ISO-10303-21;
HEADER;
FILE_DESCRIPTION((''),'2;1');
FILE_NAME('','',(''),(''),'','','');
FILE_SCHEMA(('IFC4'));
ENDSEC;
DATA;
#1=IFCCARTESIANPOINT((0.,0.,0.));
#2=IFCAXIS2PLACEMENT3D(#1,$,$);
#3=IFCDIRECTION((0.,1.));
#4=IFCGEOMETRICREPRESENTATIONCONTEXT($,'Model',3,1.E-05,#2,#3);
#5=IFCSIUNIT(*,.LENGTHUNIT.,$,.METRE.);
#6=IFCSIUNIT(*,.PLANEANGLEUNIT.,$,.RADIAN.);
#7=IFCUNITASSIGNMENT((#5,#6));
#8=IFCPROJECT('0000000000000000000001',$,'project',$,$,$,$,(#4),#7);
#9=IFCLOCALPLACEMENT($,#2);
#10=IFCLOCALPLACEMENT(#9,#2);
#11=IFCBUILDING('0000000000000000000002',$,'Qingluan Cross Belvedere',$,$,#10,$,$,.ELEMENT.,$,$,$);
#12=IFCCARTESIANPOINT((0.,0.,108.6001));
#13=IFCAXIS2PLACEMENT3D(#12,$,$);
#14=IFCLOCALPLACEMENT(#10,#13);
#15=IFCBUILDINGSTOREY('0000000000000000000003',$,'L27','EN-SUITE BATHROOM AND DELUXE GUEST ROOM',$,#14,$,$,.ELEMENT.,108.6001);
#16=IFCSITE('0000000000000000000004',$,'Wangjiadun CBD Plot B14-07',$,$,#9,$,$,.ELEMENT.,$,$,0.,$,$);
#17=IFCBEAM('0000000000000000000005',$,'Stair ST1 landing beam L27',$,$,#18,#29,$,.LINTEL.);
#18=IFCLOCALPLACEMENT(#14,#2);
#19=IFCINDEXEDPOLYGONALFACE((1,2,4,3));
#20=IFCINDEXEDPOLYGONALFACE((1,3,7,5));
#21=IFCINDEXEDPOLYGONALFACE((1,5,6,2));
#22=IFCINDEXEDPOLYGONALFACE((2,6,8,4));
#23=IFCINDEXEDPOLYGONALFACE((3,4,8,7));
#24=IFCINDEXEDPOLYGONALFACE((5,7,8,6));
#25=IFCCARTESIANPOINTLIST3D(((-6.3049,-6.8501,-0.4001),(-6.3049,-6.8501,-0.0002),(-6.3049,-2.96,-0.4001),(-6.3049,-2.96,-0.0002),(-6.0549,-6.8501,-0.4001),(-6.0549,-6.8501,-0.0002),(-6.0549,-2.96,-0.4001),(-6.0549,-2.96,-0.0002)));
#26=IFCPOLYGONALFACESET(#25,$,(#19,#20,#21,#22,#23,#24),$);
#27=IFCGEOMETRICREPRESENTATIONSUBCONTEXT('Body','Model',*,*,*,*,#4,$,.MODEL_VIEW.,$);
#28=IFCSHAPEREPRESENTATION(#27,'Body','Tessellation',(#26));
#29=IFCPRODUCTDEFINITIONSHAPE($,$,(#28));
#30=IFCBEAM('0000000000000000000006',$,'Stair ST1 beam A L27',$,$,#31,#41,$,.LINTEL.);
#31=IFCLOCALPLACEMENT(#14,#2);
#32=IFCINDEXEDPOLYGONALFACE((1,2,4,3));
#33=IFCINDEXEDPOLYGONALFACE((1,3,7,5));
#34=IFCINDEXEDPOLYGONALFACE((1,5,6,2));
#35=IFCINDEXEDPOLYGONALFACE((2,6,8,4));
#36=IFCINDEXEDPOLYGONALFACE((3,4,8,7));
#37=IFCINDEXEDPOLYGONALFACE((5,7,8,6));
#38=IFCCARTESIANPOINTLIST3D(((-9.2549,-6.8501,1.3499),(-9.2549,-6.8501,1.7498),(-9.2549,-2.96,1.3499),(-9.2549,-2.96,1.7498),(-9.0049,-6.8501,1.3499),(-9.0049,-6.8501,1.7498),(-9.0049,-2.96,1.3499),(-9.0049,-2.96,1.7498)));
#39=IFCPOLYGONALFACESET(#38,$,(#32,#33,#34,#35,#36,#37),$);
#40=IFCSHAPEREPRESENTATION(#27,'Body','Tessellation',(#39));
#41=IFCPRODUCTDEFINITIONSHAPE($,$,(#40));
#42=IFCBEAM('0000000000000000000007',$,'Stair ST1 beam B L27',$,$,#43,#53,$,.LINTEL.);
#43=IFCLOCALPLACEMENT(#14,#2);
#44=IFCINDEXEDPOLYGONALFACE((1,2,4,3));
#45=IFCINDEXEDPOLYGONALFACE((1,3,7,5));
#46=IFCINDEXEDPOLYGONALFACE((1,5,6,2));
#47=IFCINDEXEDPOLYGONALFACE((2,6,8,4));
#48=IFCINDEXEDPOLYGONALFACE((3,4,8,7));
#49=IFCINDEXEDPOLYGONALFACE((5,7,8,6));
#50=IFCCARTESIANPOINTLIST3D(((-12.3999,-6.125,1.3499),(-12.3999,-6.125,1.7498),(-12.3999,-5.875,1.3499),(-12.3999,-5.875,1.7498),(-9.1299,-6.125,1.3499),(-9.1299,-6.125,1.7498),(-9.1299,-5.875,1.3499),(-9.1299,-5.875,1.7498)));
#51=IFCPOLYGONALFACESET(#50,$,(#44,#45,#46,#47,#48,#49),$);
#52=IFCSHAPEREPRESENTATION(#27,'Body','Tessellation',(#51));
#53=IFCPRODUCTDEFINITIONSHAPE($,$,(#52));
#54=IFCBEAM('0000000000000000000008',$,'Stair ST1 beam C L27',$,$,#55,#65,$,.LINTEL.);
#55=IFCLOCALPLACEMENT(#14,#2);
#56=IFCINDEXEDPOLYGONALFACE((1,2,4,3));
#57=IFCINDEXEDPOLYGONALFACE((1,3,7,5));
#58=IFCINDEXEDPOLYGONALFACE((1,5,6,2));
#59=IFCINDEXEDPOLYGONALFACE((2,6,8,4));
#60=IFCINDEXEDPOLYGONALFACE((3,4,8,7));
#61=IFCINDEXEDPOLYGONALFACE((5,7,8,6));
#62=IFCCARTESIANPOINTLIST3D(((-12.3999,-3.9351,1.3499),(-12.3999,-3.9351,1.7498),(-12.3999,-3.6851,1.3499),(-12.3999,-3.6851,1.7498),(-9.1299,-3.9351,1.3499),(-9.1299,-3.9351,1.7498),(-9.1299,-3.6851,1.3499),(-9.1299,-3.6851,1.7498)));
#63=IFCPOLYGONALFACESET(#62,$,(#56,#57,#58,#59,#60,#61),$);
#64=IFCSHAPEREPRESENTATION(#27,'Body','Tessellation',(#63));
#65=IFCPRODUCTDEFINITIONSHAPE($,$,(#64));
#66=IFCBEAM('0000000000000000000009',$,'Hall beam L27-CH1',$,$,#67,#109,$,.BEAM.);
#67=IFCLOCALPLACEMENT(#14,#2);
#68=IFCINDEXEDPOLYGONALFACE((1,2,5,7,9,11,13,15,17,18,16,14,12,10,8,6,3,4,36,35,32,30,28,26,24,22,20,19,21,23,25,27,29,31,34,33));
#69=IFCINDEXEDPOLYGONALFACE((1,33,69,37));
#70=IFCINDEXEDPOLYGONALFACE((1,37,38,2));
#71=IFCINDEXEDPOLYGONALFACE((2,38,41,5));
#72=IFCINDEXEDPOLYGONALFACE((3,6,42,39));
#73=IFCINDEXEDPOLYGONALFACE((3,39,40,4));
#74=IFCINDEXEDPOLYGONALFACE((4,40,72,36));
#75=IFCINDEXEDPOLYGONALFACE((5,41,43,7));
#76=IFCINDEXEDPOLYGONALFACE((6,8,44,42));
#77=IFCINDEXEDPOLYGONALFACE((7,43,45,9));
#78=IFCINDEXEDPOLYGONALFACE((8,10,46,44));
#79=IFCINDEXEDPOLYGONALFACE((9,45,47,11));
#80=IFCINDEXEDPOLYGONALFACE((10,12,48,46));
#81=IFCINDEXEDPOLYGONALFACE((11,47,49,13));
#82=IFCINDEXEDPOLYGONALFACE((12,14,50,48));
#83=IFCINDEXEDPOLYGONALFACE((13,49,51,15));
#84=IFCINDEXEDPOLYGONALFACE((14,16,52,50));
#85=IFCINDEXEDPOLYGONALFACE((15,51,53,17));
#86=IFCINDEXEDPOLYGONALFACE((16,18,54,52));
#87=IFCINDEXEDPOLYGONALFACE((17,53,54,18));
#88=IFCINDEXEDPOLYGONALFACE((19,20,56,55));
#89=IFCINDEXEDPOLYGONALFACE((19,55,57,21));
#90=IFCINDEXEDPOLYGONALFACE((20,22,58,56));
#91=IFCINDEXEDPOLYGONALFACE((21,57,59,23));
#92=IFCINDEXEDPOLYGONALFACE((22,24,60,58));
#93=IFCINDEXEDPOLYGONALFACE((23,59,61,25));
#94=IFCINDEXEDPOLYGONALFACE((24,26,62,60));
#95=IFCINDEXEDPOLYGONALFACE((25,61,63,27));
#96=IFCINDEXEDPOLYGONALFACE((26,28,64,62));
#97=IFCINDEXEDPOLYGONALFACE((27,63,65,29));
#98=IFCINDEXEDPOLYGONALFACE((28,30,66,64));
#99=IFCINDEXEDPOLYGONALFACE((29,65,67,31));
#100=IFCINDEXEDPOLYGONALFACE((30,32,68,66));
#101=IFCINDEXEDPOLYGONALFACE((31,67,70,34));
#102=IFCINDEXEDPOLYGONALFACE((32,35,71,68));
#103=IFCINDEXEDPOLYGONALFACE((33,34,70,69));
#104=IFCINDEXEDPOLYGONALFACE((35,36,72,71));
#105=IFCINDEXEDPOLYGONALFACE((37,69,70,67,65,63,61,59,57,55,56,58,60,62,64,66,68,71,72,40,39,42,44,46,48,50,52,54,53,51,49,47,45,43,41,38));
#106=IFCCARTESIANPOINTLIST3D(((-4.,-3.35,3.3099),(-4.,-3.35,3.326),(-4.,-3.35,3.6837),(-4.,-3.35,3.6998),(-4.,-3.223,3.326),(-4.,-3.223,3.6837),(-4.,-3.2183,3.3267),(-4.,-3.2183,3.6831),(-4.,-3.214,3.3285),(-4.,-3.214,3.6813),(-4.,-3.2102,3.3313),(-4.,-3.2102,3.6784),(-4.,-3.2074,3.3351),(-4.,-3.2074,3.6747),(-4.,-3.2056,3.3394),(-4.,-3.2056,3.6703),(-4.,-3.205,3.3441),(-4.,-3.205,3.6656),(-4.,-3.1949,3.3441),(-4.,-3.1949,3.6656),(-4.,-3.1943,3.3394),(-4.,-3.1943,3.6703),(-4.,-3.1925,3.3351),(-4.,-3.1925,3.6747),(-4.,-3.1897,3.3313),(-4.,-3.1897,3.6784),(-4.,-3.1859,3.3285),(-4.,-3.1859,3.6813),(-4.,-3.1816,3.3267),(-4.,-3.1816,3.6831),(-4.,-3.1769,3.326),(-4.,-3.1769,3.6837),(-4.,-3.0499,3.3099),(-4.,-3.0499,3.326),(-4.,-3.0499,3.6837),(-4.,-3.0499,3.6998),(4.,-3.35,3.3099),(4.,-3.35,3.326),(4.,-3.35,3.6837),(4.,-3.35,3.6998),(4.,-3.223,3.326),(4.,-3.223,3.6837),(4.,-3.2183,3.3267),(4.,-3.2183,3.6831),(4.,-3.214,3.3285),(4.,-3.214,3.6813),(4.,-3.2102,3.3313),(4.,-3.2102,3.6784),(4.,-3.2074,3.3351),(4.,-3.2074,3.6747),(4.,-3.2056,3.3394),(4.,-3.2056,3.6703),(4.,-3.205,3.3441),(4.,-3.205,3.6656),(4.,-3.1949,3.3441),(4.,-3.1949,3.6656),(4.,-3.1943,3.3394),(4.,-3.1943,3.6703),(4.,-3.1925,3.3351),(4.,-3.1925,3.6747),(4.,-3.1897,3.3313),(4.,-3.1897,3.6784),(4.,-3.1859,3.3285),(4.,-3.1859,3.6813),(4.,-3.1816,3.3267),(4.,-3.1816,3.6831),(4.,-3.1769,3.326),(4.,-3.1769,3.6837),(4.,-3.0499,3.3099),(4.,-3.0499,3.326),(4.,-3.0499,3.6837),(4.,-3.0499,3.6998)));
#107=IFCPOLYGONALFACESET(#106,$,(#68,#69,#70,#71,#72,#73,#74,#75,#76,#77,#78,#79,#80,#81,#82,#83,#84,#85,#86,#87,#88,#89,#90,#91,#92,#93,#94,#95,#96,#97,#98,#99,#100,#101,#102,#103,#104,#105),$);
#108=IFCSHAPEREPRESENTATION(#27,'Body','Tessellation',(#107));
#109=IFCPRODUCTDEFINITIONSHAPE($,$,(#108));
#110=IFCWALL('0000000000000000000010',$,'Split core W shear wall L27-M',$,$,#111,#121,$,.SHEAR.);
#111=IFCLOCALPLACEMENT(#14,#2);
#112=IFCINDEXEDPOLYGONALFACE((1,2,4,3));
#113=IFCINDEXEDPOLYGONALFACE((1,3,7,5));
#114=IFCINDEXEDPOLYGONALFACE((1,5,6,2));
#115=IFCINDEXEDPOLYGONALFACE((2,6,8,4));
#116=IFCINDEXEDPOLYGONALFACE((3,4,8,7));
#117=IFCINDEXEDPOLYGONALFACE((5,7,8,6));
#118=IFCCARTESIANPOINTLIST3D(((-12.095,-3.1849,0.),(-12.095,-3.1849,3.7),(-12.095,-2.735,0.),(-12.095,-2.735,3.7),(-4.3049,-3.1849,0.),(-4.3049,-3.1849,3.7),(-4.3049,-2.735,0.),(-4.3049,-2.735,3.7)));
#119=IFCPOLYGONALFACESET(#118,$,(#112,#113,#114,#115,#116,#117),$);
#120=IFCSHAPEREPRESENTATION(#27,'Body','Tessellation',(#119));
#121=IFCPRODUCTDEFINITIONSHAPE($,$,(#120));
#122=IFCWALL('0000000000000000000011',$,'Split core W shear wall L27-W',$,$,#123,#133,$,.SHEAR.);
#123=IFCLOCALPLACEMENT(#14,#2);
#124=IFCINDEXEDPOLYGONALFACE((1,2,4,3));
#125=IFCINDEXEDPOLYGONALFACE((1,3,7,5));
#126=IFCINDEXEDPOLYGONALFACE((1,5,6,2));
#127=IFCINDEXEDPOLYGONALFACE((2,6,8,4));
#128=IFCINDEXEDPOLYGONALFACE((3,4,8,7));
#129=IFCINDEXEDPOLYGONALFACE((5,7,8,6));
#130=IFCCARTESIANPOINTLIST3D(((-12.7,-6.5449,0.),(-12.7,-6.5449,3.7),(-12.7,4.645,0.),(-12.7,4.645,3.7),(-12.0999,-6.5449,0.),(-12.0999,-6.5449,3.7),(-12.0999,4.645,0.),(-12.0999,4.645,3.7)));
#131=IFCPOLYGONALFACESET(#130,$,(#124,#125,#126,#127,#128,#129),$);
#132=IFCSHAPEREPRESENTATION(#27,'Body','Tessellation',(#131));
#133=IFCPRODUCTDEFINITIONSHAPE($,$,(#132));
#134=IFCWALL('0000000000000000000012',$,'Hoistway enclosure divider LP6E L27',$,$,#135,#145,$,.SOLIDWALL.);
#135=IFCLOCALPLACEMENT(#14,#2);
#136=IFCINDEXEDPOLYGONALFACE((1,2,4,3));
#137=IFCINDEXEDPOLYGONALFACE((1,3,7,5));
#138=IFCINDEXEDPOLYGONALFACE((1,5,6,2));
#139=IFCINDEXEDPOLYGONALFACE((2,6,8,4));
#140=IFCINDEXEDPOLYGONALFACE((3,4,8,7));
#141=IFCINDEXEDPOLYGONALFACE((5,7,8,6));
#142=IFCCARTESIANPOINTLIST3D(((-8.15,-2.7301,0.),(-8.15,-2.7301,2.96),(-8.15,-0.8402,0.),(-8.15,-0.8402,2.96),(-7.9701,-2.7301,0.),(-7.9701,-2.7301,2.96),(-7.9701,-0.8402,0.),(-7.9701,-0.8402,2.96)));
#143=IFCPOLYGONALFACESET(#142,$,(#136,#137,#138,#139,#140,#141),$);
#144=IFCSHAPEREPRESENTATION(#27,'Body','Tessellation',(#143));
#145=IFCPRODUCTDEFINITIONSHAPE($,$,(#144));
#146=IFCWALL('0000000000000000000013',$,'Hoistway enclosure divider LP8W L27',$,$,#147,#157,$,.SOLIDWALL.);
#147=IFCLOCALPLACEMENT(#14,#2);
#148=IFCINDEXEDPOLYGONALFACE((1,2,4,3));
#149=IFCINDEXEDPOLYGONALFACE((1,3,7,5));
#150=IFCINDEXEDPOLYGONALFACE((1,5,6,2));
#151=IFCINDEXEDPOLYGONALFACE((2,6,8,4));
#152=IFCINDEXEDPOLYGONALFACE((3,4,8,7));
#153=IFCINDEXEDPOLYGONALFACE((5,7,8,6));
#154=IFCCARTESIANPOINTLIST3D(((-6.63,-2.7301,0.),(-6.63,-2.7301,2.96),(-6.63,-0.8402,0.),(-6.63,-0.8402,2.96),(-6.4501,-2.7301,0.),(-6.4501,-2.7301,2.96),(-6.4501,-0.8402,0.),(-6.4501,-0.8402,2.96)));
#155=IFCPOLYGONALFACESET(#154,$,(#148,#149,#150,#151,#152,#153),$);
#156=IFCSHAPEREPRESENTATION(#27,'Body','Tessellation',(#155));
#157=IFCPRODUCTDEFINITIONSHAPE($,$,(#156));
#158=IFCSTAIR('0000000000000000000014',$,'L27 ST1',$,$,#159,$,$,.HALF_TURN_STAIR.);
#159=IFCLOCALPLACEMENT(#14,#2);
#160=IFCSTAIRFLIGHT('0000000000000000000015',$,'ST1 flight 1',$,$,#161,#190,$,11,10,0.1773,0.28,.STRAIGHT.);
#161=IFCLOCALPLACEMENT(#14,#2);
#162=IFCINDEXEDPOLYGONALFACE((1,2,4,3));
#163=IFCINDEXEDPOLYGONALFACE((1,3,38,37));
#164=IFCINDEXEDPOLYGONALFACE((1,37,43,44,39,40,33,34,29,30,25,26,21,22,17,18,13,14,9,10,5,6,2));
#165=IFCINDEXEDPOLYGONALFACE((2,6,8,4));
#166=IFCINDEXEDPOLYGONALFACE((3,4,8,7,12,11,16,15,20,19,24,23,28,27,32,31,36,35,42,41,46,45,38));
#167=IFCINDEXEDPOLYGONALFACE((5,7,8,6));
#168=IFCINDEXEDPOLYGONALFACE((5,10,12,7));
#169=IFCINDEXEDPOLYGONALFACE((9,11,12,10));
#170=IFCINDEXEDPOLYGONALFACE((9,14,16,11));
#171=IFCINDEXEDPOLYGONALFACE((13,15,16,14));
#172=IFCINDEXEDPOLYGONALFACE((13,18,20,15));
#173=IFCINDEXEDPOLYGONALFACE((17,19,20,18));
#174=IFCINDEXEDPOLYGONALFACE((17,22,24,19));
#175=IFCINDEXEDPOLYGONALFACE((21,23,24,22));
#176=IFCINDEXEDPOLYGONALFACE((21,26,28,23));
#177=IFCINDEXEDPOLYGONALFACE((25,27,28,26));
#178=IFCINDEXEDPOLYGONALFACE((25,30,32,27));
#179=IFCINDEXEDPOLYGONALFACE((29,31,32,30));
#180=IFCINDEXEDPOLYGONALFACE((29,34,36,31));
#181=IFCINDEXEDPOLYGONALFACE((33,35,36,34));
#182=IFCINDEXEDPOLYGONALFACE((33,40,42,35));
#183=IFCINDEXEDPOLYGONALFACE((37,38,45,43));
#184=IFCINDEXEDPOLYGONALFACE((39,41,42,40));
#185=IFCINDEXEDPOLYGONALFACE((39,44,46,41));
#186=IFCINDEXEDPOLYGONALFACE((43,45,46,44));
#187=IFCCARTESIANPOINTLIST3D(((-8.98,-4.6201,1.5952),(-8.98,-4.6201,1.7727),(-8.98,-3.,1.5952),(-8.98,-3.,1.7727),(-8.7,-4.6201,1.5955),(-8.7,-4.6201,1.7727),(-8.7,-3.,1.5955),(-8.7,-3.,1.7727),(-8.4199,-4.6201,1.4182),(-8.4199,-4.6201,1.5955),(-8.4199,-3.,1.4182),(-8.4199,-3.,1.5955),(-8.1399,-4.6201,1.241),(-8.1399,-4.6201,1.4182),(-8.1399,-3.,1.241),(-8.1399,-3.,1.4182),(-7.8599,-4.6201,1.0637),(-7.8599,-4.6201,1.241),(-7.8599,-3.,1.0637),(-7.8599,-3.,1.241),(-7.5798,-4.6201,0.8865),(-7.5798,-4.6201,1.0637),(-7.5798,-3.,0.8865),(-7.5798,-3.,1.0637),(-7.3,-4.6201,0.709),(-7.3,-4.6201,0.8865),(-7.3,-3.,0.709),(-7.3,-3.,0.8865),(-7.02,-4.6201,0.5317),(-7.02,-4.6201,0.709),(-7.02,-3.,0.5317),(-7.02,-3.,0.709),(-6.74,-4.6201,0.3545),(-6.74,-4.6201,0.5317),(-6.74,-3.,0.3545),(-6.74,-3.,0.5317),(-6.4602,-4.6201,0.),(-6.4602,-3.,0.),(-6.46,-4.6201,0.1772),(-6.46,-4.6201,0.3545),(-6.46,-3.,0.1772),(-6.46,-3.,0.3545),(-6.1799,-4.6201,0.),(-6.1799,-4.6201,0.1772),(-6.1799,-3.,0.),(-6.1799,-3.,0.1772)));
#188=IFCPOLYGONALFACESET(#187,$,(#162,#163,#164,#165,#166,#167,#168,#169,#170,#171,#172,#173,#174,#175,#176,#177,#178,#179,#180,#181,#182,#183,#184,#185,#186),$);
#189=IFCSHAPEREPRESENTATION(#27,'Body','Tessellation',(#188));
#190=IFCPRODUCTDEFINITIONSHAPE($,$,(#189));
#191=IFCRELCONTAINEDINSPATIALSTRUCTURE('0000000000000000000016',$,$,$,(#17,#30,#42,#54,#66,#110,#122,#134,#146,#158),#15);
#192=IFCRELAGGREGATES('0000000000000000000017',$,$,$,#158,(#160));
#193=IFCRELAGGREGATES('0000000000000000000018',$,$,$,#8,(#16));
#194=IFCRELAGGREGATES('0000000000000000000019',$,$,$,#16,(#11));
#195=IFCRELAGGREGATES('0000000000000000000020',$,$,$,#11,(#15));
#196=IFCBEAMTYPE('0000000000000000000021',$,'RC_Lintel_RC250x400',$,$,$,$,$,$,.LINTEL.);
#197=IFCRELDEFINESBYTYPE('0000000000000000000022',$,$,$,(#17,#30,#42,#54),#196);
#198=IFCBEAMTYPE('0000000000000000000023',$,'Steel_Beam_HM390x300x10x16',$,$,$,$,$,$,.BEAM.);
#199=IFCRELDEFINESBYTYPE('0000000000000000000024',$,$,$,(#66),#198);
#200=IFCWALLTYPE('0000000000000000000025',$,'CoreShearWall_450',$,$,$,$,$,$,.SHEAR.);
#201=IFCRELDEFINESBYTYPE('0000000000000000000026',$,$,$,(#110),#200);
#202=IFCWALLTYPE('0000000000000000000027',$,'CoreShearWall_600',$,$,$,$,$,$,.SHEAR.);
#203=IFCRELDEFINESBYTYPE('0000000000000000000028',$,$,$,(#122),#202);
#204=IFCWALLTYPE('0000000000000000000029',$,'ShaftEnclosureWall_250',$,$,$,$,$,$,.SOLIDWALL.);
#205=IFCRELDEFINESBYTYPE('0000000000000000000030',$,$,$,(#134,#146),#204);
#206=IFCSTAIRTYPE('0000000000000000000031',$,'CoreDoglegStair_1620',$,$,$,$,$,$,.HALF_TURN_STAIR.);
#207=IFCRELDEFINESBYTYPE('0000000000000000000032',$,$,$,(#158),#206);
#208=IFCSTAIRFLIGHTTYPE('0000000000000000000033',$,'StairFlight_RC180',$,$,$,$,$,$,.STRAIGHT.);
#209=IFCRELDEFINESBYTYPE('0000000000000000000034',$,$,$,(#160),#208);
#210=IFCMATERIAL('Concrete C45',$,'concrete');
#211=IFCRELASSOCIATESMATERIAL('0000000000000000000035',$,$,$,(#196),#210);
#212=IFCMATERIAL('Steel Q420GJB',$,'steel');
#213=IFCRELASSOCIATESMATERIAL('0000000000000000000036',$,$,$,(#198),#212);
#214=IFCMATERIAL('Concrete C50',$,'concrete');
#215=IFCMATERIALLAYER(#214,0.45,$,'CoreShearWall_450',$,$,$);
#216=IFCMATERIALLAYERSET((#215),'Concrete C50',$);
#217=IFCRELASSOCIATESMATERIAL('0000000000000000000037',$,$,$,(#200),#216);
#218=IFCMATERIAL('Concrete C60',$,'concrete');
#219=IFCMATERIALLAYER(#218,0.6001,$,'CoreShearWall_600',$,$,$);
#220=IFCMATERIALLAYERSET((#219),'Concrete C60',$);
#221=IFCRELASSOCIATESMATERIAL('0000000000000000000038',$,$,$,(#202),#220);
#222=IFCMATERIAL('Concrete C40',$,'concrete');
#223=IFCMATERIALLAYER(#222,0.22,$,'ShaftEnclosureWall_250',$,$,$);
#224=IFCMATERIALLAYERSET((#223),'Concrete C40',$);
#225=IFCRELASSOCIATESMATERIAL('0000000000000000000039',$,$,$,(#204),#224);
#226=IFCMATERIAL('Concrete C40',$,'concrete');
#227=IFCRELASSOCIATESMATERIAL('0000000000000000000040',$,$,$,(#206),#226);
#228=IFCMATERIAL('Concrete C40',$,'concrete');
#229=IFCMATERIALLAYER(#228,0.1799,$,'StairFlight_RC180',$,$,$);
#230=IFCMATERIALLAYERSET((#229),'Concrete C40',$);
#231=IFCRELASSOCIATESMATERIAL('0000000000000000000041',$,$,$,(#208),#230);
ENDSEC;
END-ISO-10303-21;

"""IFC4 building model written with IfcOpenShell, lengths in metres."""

from ifc_helpers import new_model, si_unit, direction, frame, frame_2d, origin, origin_2d, place, context, subcontext, project, spatial, polyline, rectangle, i_section, outline, extrude, material, layer, layer_set, material_profile, profile_set, type_object, element, aggregate, save


model = new_model("IFC4")

# Units and contexts
model_context = context("Model", 3, precision=1e-05, world=origin(), true_north=direction((0.0, 1.0)))
body_context = subcontext(model_context, "Body", "Model", "MODEL_VIEW")
ifc_project = project(units=[si_unit("LENGTHUNIT", "METRE"), si_unit("PLANEANGLEUNIT", "RADIAN")], contexts=[model_context])

# Site, building, storey
site_placement = place(None, origin())
site = spatial("IfcSite", under=ifc_project, at=site_placement, Name="Wangjiadun CBD Plot B14-07", CompositionType="ELEMENT", RefElevation=0.0)
building_placement = place(site_placement, origin())
building = spatial("IfcBuilding", under=site, at=building_placement, Name="Qingluan Cross Belvedere", CompositionType="ELEMENT")
storey_placement = place(building_placement, frame((0.0, 0.0, 108.6001)))
storey = spatial("IfcBuildingStorey", under=building, at=storey_placement, Name="L27", Description="EN-SUITE BATHROOM AND DELUXE GUEST ROOM", CompositionType="ELEMENT", Elevation=108.6001)

# Beams
ifc_material_1 = material(Name="Concrete C45", Category="concrete")
ifc_material_profile_1 = material_profile(ifc_material_1, rectangle(XDim=0.25, YDim=0.3999, at=origin_2d()), Name="RC250x400")
ifc_profile_set_1 = profile_set([ifc_material_profile_1], Name="Concrete C45")
beam_type_1 = type_object("IfcBeamType", Name="RC_Lintel_RC250x400", PredefinedType="LINTEL", material=ifc_profile_set_1)
for number, where, z_axis, x_axis, name in (
    (1, (-6.1799, -6.8501, -0.2002), (0.0, 1.0, 0.0), (-1.0, 0.0, 0.0), "Stair ST1 landing beam L27"),
    (2, (-9.1299, -6.8501, 1.5498), (0.0, 1.0, 0.0), (-1.0, 0.0, 0.0), "Stair ST1 beam A L27"),
):
    element("IfcBeam", number, at=place(storey_placement, frame(where, z_axis=z_axis, x_axis=x_axis)), inside=storey, type_object=beam_type_1, Name=name, PredefinedType="LINTEL", context=body_context, shape_type="SweptSolid", body=[
        extrude(rectangle(XDim=0.25, YDim=0.3999, at=origin_2d()), origin(), (0.0, 0.0, 1.0), 3.8901),
    ])
for number, where, z_axis, x_axis, name in (
    (3, (-12.3999, -6.0, 1.5498), (1.0, 0.0, 0.0), (0.0, 1.0, 0.0), "Stair ST1 beam B L27"),
    (4, (-12.3999, -3.8101, 1.5498), (1.0, 0.0, 0.0), (0.0, 1.0, 0.0), "Stair ST1 beam C L27"),
):
    element("IfcBeam", number, at=place(storey_placement, frame(where, z_axis=z_axis, x_axis=x_axis)), inside=storey, type_object=beam_type_1, Name=name, PredefinedType="LINTEL", context=body_context, shape_type="SweptSolid", body=[
        extrude(rectangle(XDim=0.25, YDim=0.3999, at=origin_2d()), origin(), (0.0, 0.0, 1.0), 3.27),
    ])
ifc_material_2 = material(Name="Steel Q420GJB", Category="steel")
ifc_material_profile_2 = material_profile(ifc_material_2, i_section(OverallWidth=0.3, OverallDepth=0.3899, WebThickness=0.01, FlangeThickness=0.0161, FilletRadius=0.0181, at=origin_2d()), Name="HM390x300x10x16")
ifc_profile_set_2 = profile_set([ifc_material_profile_2], Name="Steel Q420GJB")
beam_type_2 = type_object("IfcBeamType", Name="Steel_Beam_HM390x300x10x16", PredefinedType="BEAM", material=ifc_profile_set_2)
beam_placement = place(storey_placement, frame((-4.0, -3.2, 3.5049), z_axis=(1.0, 0.0, 0.0), x_axis=(0.0, 1.0, 0.0)))
element("IfcBeam", 5, at=beam_placement, inside=storey, type_object=beam_type_2, Name="Hall beam L27-CH1", PredefinedType="BEAM", context=body_context, shape_type="SweptSolid", body=[
    extrude(i_section(OverallWidth=0.3, OverallDepth=0.3899, WebThickness=0.01, FlangeThickness=0.0161, FilletRadius=0.0181, at=origin_2d()), origin(), (0.0, 0.0, 1.0), 8.0),
])

# Walls
ifc_material_3 = material(Name="Concrete C50", Category="concrete")
ifc_layer_1 = layer(ifc_material_3, 0.45, Name="CoreShearWall_450")
ifc_layer_set_1 = layer_set([ifc_layer_1], Name="Concrete C50")
wall_type_1 = type_object("IfcWallType", Name="CoreShearWall_450", PredefinedType="SHEAR", material=ifc_layer_set_1)
wall_1_placement = place(storey_placement, frame((-12.095, -2.96, 0.0), z_axis=(0.0, 0.0, 1.0), x_axis=(1.0, 0.0, 0.0)))
element("IfcWall", 6, at=wall_1_placement, inside=storey, type_object=wall_type_1, Name="Split core W shear wall L27-M", PredefinedType="SHEAR", context=body_context, shape_type="SweptSolid", body=[
    extrude(rectangle(XDim=7.79, YDim=0.45, at=frame_2d((3.895, 0.0))), origin(), (0.0, 0.0, 1.0), 3.7),
])
ifc_material_4 = material(Name="Concrete C60", Category="concrete")
ifc_layer_2 = layer(ifc_material_4, 0.6001, Name="CoreShearWall_600")
ifc_layer_set_2 = layer_set([ifc_layer_2], Name="Concrete C60")
wall_type_2 = type_object("IfcWallType", Name="CoreShearWall_600", PredefinedType="SHEAR", material=ifc_layer_set_2)
wall_2_placement = place(storey_placement, frame((-12.3999, -6.5449, 0.0), z_axis=(0.0, 0.0, 1.0), x_axis=(0.0, 1.0, 0.0)))
element("IfcWall", 7, at=wall_2_placement, inside=storey, type_object=wall_type_2, Name="Split core W shear wall L27-W", PredefinedType="SHEAR", context=body_context, shape_type="SweptSolid", body=[
    extrude(rectangle(XDim=11.1899, YDim=0.6001, at=frame_2d((5.595, 0.0))), origin(), (0.0, 0.0, 1.0), 3.7),
])

# Shared definitions
ifc_material_5 = material(Name="Concrete C40", Category="concrete")
ifc_layer_3 = layer(ifc_material_5, 0.22, Name="ShaftEnclosureWall_250")
ifc_layer_set_3 = layer_set([ifc_layer_3], Name="Concrete C40")
wall_type_3 = type_object("IfcWallType", Name="ShaftEnclosureWall_250", PredefinedType="SOLIDWALL", material=ifc_layer_set_3)

# Walls
for number, where, z_axis, x_axis, name in (
    (8, (-8.0601, -2.73, 0.0), (0.0, 0.0, 1.0), (0.0, 1.0, 0.0), "Hoistway enclosure divider LP6E L27"),
    (9, (-6.54, -2.73, 0.0), (0.0, 0.0, 1.0), (0.0, 1.0, 0.0), "Hoistway enclosure divider LP8W L27"),
):
    element("IfcWall", number, at=place(storey_placement, frame(where, z_axis=z_axis, x_axis=x_axis)), inside=storey, type_object=wall_type_3, Name=name, PredefinedType="SOLIDWALL", context=body_context, shape_type="SweptSolid", body=[
        extrude(rectangle(XDim=1.8899, YDim=0.1799, at=frame_2d((0.9448, 0.0))), origin(), (0.0, 0.0, 1.0), 2.96),
    ])

# Stair, stair flight
ifc_material_6 = material(Name="Concrete C40", Category="concrete")
stair_type = type_object("IfcStairType", Name="CoreDoglegStair_1620", PredefinedType="HALF_TURN_STAIR", material=ifc_material_6)
stair_placement = place(storey_placement, origin())
stair = element("IfcStair", 10, at=stair_placement, inside=storey, type_object=stair_type, Name="L27 ST1", PredefinedType="HALF_TURN_STAIR")
ifc_material_7 = material(Name="Concrete C40", Category="concrete")
ifc_layer_4 = layer(ifc_material_7, 0.1799, Name="StairFlight_RC180")
ifc_layer_set_4 = layer_set([ifc_layer_4], Name="Concrete C40")
stair_flight_type = type_object("IfcStairFlightType", Name="StairFlight_RC180", PredefinedType="STRAIGHT", material=ifc_layer_set_4)
stair_flight_1_placement = place(storey_placement, frame((-6.1799, -3.8101, 0.0), z_axis=(0.0, 0.0, 1.0), x_axis=(-1.0, 0.0, 0.0)))
stair_flight_1 = element("IfcStairFlight", 11, at=stair_flight_1_placement, type_object=stair_flight_type, Name="ST1 flight 1", NumberOfRisers=11, NumberOfTreads=10, PredefinedType="STRAIGHT", RiserHeight=0.1773, TreadLength=0.28, context=body_context, shape_type="SweptSolid", body=[
    extrude(outline(polyline([(0.0, 0.0), (0.0, 0.1772), (0.28, 0.1772), (0.28, 0.3545), (0.5601, 0.3545), (0.5601, 0.5317), (0.8401, 0.5317), (0.8401, 0.709), (1.1201, 0.709), (1.1201, 0.8865), (1.3999, 0.8865), (1.3999, 1.0637), (1.6799, 1.0637), (1.6799, 1.241), (1.96, 1.241), (1.96, 1.4182), (2.24, 1.4182), (2.24, 1.5955), (2.52, 1.5955), (2.52, 1.7727), (2.8, 1.7727), (2.8, 1.95), (2.8, 1.5952), (0.2803, 0.0), (0.0, 0.0)])), frame((0.0, 0.8101, 0.0), z_axis=(0.0, -1.0, 0.0), x_axis=(1.0, 0.0, 0.0)), (0.0, 0.0, 1.0), 1.6201),
])
aggregate(stair, [stair_flight_1])

save(model, "model.ifc")
